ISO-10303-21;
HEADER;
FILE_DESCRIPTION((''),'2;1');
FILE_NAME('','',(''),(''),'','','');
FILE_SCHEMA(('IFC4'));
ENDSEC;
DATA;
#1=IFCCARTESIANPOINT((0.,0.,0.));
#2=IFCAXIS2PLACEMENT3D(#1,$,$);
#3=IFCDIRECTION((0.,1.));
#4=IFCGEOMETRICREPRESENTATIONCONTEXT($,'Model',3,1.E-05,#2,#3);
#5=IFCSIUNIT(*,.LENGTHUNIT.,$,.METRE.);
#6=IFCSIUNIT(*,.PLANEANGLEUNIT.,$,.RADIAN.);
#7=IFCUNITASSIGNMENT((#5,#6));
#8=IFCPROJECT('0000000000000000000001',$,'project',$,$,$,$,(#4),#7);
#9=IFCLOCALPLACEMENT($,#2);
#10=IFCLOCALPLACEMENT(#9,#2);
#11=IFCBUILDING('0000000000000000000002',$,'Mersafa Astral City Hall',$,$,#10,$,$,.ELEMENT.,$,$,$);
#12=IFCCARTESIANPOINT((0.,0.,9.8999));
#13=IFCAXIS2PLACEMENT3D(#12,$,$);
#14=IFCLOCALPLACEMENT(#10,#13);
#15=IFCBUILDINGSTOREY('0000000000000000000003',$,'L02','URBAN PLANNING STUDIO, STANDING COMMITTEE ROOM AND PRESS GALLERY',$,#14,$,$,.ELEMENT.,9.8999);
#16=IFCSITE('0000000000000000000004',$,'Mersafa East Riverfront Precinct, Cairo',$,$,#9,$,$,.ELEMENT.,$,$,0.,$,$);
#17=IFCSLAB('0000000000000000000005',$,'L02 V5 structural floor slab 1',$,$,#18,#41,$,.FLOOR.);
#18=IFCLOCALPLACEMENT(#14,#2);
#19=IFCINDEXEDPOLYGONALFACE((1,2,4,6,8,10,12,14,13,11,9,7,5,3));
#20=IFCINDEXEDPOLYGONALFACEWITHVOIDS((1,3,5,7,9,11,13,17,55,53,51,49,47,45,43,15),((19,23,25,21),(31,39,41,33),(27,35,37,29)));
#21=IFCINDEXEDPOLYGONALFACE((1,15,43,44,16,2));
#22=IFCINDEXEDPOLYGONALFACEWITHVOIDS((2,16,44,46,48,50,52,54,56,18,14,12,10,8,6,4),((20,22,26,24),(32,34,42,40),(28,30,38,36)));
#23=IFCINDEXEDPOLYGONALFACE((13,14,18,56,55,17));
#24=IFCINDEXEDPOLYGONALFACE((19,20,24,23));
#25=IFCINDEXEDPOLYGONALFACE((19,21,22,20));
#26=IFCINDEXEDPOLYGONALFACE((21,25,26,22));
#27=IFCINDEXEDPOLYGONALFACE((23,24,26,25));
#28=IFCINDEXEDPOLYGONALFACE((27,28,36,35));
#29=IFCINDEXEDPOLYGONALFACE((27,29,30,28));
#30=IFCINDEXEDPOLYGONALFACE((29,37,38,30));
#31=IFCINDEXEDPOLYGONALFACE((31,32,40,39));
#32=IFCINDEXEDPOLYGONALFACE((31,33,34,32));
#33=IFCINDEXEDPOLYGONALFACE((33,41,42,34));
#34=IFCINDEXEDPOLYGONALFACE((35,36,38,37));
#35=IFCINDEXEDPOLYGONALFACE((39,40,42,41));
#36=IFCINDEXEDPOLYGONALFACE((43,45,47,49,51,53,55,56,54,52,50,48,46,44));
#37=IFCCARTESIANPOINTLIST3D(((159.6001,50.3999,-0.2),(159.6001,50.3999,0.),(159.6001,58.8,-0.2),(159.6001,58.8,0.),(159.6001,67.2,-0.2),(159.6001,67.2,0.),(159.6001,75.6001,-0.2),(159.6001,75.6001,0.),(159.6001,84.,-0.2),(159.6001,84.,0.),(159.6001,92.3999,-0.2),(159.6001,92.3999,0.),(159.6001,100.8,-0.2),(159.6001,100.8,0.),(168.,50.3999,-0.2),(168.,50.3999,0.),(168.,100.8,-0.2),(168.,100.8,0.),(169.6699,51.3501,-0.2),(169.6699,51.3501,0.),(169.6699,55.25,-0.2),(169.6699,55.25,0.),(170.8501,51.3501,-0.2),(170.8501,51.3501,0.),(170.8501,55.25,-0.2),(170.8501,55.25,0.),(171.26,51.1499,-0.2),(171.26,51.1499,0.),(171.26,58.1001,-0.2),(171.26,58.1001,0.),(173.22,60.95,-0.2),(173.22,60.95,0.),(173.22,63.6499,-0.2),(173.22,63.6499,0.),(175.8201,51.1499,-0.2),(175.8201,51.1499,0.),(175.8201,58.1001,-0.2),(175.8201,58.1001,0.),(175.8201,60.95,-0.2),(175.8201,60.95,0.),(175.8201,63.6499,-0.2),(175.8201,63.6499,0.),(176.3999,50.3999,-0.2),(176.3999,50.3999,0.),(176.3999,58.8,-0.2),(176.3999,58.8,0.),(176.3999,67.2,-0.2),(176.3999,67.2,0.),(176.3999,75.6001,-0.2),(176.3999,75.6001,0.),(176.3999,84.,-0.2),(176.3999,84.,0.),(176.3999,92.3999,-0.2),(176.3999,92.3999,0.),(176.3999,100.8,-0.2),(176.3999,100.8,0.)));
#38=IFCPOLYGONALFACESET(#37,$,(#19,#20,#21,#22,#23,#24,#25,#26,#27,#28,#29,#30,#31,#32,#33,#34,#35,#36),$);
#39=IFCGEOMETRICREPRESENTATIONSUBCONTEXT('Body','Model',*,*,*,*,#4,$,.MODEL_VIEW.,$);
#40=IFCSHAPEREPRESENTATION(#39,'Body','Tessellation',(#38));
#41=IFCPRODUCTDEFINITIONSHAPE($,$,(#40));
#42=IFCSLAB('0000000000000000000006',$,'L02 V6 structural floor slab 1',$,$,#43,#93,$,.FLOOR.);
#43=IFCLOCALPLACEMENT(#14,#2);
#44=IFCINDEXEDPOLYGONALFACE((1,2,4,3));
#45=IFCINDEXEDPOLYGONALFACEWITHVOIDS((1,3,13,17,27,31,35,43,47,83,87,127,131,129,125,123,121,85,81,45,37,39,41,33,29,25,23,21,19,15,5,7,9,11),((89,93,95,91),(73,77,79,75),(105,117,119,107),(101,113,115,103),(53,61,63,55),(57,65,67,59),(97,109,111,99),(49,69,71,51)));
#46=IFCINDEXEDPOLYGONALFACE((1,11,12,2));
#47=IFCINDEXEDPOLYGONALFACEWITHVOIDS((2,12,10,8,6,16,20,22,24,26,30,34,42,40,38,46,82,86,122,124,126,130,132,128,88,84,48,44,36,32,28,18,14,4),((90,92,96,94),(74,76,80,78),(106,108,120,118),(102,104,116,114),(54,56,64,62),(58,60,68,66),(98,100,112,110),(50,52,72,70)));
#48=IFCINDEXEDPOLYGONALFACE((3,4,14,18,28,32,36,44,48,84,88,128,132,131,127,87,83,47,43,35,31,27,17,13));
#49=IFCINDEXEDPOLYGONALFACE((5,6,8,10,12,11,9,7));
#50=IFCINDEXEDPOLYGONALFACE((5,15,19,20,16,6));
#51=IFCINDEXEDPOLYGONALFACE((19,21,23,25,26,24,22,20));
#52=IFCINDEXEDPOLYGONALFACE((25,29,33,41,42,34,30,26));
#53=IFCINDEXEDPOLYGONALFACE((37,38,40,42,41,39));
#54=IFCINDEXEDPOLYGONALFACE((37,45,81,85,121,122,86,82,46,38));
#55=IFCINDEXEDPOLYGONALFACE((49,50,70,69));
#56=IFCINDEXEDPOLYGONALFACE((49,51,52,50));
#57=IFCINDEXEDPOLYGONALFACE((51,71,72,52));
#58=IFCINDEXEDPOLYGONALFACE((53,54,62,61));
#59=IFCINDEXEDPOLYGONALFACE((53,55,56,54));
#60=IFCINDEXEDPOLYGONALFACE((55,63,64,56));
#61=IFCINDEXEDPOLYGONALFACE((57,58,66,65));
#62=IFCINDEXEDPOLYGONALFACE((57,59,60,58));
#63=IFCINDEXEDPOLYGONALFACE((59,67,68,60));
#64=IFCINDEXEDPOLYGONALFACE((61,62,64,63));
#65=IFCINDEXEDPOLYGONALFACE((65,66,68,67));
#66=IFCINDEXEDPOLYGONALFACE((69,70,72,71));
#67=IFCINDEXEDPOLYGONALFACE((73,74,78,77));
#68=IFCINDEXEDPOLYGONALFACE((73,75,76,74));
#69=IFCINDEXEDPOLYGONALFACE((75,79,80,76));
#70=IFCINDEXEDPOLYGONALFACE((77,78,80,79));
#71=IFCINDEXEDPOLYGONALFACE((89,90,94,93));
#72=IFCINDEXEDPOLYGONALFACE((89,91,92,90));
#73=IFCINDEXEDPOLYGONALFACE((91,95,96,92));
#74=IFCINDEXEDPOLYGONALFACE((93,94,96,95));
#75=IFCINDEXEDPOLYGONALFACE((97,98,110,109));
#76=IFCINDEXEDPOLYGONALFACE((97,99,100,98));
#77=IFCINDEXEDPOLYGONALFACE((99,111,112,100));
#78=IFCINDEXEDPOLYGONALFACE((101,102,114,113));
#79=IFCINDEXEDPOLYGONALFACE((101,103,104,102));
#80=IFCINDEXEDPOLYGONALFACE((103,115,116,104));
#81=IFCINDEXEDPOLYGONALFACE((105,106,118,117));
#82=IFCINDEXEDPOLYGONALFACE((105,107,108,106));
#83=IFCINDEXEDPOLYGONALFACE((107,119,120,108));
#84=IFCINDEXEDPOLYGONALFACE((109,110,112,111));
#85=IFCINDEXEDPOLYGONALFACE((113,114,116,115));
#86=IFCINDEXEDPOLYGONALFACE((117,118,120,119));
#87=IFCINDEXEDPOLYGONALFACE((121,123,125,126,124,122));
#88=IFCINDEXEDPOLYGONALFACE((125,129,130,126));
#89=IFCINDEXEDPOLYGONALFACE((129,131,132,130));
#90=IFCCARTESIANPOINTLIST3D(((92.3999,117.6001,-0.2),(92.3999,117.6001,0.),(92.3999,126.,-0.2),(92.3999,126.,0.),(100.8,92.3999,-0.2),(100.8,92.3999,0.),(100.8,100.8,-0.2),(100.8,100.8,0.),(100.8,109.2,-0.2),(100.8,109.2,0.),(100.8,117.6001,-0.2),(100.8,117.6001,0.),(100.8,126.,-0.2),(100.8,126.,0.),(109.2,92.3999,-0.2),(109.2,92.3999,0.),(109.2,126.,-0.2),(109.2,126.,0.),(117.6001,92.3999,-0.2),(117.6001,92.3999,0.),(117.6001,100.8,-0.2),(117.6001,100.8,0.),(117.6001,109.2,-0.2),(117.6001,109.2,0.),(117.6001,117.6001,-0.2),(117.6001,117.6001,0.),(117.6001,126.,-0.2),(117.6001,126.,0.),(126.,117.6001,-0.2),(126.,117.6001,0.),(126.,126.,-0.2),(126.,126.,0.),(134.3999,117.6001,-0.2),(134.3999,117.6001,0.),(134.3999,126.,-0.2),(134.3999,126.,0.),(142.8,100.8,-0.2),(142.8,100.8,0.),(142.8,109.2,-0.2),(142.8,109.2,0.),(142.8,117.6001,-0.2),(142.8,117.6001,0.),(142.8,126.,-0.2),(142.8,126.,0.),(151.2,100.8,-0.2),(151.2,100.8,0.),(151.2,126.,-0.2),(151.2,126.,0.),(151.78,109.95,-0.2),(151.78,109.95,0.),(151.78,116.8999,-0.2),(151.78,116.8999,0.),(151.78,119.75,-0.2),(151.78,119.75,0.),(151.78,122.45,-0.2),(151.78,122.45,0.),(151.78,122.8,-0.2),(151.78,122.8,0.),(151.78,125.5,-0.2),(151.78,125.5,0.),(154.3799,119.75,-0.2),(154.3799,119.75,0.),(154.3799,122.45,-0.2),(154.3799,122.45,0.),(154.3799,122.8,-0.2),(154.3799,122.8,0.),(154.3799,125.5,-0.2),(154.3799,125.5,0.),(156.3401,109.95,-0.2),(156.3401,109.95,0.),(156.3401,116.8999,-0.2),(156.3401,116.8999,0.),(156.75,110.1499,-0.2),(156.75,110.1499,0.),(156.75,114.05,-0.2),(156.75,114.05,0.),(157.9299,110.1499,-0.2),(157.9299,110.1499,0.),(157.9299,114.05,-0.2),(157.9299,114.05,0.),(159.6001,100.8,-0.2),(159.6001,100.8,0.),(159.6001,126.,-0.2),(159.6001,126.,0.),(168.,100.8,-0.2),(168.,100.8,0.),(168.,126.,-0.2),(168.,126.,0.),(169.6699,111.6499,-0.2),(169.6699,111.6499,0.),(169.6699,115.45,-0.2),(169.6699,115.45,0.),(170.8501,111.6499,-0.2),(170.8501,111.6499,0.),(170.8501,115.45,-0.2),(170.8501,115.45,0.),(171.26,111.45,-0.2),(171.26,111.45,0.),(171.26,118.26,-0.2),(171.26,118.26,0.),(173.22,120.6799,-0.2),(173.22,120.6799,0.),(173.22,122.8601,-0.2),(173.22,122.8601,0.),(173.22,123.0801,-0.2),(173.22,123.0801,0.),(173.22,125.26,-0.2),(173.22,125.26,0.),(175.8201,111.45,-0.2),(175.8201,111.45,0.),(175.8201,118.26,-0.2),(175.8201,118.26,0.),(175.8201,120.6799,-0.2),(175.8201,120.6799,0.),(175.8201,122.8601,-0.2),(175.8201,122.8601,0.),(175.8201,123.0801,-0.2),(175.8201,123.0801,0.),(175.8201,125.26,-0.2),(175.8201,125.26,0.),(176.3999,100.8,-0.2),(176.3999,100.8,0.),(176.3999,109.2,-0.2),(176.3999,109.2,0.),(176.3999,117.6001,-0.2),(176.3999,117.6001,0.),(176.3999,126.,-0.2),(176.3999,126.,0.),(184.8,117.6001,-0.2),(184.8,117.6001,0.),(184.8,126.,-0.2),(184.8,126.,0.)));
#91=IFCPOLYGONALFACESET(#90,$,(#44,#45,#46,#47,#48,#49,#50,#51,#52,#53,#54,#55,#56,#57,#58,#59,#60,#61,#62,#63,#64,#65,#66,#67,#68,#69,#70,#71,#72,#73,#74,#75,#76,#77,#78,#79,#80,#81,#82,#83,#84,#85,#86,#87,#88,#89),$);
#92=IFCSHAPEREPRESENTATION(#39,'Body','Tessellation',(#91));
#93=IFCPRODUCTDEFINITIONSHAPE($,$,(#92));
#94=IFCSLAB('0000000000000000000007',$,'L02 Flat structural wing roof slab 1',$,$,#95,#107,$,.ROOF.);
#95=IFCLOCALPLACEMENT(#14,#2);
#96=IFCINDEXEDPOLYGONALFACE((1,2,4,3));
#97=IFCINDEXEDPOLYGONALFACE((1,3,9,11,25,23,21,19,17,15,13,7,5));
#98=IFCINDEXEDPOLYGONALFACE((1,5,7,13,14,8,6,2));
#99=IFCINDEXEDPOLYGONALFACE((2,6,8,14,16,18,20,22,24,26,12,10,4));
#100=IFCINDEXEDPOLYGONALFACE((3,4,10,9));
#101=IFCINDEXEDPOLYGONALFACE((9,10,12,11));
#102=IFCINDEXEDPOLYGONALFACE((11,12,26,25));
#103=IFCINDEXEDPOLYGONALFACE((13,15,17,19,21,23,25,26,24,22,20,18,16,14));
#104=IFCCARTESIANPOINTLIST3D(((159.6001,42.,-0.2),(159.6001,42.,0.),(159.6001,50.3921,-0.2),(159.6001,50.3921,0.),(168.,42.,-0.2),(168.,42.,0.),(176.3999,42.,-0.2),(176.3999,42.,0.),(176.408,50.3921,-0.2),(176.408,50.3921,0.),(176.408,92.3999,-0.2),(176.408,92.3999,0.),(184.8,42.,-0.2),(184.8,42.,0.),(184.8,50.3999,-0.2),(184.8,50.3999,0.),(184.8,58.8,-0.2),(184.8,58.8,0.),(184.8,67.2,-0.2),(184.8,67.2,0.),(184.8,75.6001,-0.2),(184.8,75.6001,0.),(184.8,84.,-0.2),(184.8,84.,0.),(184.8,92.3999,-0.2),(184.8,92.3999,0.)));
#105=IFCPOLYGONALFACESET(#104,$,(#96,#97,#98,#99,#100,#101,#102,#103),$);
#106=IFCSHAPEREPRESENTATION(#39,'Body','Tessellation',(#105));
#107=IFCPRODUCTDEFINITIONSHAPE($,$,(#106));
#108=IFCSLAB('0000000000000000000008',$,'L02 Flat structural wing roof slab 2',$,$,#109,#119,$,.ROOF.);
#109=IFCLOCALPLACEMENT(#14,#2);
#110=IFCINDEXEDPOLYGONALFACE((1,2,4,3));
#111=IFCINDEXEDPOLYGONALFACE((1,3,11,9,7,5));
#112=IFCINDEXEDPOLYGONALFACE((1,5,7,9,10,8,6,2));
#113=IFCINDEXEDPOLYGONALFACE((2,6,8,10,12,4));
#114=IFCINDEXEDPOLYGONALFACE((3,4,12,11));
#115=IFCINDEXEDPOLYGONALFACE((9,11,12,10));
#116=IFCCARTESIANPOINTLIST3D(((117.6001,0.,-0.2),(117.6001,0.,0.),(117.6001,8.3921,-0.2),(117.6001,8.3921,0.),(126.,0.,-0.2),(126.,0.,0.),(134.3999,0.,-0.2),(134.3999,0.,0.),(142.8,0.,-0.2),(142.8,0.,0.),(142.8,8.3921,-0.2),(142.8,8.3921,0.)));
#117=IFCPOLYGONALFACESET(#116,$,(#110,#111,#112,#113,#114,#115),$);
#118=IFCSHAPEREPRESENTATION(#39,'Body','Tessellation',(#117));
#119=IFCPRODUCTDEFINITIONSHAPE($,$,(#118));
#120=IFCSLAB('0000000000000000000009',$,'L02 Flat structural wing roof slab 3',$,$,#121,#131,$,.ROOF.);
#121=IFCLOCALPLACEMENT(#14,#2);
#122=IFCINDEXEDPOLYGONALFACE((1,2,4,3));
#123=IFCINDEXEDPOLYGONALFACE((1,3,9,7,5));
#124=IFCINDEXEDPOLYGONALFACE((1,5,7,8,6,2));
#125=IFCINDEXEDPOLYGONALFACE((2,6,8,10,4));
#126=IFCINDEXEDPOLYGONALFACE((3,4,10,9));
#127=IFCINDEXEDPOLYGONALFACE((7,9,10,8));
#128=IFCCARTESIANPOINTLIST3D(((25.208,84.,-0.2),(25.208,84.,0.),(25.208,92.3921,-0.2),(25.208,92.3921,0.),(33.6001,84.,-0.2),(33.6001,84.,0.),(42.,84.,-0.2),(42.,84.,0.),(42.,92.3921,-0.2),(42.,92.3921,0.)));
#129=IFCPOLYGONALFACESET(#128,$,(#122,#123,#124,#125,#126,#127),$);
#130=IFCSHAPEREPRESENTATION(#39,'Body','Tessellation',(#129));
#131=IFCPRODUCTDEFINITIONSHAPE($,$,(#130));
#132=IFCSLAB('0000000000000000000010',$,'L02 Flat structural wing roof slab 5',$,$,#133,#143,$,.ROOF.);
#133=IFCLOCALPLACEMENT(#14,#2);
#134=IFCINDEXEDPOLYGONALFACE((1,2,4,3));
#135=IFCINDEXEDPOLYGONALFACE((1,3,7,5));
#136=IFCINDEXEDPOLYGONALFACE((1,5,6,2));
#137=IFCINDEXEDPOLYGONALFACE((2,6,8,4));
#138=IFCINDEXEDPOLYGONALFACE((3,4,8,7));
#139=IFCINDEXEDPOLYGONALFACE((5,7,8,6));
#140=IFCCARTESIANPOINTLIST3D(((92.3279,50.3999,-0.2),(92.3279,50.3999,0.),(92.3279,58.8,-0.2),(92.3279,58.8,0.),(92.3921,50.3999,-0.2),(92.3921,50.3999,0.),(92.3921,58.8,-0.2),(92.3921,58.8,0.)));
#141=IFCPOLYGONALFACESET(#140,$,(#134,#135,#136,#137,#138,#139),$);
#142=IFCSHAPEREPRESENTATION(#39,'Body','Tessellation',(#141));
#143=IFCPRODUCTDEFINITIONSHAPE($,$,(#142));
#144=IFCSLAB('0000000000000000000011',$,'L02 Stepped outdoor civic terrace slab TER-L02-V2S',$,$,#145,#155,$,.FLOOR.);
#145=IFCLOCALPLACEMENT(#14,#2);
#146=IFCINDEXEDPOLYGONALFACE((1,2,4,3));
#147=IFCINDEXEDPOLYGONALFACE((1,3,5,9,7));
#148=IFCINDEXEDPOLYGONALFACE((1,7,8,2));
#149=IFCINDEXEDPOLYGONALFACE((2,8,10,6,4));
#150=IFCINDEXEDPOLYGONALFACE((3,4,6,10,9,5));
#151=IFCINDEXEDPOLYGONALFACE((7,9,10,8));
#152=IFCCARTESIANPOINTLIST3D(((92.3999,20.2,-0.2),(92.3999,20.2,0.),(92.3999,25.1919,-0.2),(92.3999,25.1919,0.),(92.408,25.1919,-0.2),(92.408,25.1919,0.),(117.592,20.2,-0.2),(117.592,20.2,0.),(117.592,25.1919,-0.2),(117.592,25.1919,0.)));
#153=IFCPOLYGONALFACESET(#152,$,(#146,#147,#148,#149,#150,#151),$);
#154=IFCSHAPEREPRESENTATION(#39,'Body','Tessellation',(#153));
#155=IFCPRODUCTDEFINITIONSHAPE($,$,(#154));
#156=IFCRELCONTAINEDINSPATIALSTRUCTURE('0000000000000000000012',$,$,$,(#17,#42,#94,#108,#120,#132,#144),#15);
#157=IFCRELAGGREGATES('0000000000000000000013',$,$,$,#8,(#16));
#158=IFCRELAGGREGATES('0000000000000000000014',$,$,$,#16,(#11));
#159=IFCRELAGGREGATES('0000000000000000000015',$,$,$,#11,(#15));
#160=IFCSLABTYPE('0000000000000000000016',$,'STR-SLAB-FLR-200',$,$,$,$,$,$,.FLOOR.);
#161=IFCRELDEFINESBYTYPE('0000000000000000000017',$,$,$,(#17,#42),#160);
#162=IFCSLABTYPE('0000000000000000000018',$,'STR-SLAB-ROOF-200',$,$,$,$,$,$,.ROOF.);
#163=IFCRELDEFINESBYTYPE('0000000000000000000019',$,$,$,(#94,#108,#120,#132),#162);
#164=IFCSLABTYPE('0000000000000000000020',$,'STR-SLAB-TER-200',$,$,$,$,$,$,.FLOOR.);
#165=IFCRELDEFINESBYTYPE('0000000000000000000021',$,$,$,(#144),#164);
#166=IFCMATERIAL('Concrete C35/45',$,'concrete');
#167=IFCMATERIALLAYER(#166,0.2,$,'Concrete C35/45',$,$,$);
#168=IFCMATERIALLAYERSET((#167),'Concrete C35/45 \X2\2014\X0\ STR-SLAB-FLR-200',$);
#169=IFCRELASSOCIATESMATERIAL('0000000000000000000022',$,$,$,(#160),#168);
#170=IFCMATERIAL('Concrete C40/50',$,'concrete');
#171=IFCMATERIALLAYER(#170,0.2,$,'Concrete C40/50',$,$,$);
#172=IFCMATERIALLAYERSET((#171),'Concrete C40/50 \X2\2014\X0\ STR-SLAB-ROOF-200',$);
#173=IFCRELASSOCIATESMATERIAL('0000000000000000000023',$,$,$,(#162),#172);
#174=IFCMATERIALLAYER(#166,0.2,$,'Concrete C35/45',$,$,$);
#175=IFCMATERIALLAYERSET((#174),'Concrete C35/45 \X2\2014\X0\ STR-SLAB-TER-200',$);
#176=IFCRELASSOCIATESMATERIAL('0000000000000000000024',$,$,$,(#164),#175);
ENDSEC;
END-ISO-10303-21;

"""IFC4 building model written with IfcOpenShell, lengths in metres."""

from ifc_helpers import new_model, si_unit, direction, frame, origin, place, context, subcontext, project, spatial, polyline, outline, extrude, material, layer, layer_set, type_object, element, save


model = new_model("IFC4")

# Units and contexts
model_context = context("Model", 3, precision=1e-05, world=origin(), true_north=direction((0.0, 1.0)))
body_context = subcontext(model_context, "Body", "Model", "MODEL_VIEW")
ifc_project = project(units=[si_unit("LENGTHUNIT", "METRE"), si_unit("PLANEANGLEUNIT", "RADIAN")], contexts=[model_context])

# Site, building, storey
site_placement = place(None, origin())
site = spatial("IfcSite", under=ifc_project, at=site_placement, Name="Mersafa East Riverfront Precinct, Cairo", CompositionType="ELEMENT", RefElevation=0.0)
building_placement = place(site_placement, origin())
building = spatial("IfcBuilding", under=site, at=building_placement, Name="Mersafa Astral City Hall", CompositionType="ELEMENT")
storey_placement = place(building_placement, frame((0.0, 0.0, 9.8999)))
storey = spatial("IfcBuildingStorey", under=building, at=storey_placement, Name="L02", Description="URBAN PLANNING STUDIO, STANDING COMMITTEE ROOM AND PRESS GALLERY", CompositionType="ELEMENT", Elevation=9.8999)

# Slabs
ifc_material_1 = material(Name="Concrete C35/45", Category="concrete")
ifc_layer_1 = layer(ifc_material_1, 0.2, Name="Concrete C35/45")
ifc_layer_set_1 = layer_set([ifc_layer_1], Name="Concrete C35/45 — STR-SLAB-FLR-200")
slab_type_1 = type_object("IfcSlabType", Name="STR-SLAB-FLR-200", PredefinedType="FLOOR", material=ifc_layer_set_1)
slab_1_placement = place(storey_placement, frame((0.0, 0.0, -0.2)))
element("IfcSlab", 1, at=slab_1_placement, inside=storey, type_object=slab_type_1, Name="L02 V5 structural floor slab 1", PredefinedType="FLOOR", context=body_context, shape_type="SweptSolid", body=[
    extrude(outline(polyline([(159.6001, 67.2), (159.6001, 75.6001), (159.6001, 84.0), (159.6001, 92.3999), (159.6001, 100.8), (168.0, 100.8), (176.3999, 100.8), (176.3999, 92.3999), (176.3999, 84.0), (176.3999, 75.6001), (176.3999, 67.2), (176.3999, 58.8), (176.3999, 50.3999), (168.0, 50.3999), (159.6001, 50.3999), (159.6001, 58.8), (159.6001, 67.2)]), holes=[polyline([(170.8501, 51.3501), (170.8501, 55.25), (169.6699, 55.25), (169.6699, 51.3501), (170.8501, 51.3501)]), polyline([(171.26, 51.1499), (175.8201, 51.1499), (175.8201, 58.1001), (171.26, 58.1001), (171.26, 51.1499)]), polyline([(175.8201, 60.95), (175.8201, 63.6499), (173.22, 63.6499), (173.22, 60.95), (175.8201, 60.95)])]), origin(), (0.0, 0.0, 1.0), 0.2),
])
slab_2_placement = place(storey_placement, frame((0.0, 0.0, -0.2)))
element("IfcSlab", 2, at=slab_2_placement, inside=storey, type_object=slab_type_1, Name="L02 V6 structural floor slab 1", PredefinedType="FLOOR", context=body_context, shape_type="SweptSolid", body=[
    extrude(outline(polyline([(92.3999, 117.6001), (92.3999, 126.0), (100.8, 126.0), (109.2, 126.0), (117.6001, 126.0), (126.0, 126.0), (134.3999, 126.0), (142.8, 126.0), (151.2, 126.0), (159.6001, 126.0), (168.0, 126.0), (176.3999, 126.0), (184.8, 126.0), (184.8, 117.6001), (176.3999, 117.6001), (176.3999, 109.2), (176.3999, 100.8), (168.0, 100.8), (159.6001, 100.8), (151.2, 100.8), (142.8, 100.8), (142.8, 109.2), (142.8, 117.6001), (134.3999, 117.6001), (126.0, 117.6001), (117.6001, 117.6001), (117.6001, 109.2), (117.6001, 100.8), (117.6001, 92.3999), (109.2, 92.3999), (100.8, 92.3999), (100.8, 100.8), (100.8, 109.2), (100.8, 117.6001), (92.3999, 117.6001)]), holes=[polyline([(157.9299, 110.1499), (157.9299, 114.05), (156.75, 114.05), (156.75, 110.1499), (157.9299, 110.1499)]), polyline([(151.78, 109.95), (156.3401, 109.95), (156.3401, 116.8999), (151.78, 116.8999), (151.78, 109.95)]), polyline([(170.8501, 111.6499), (170.8501, 115.45), (169.6699, 115.45), (169.6699, 111.6499), (170.8501, 111.6499)]), polyline([(171.26, 118.26), (171.26, 111.45), (175.8201, 111.45), (175.8201, 118.26), (171.26, 118.26)]), polyline([(154.3799, 119.75), (154.3799, 122.45), (151.78, 122.45), (151.78, 119.75), (154.3799, 119.75)]), polyline([(175.8201, 120.6799), (175.8201, 122.8601), (173.22, 122.8601), (173.22, 120.6799), (175.8201, 120.6799)]), polyline([(154.3799, 122.8), (154.3799, 125.5), (151.78, 125.5), (151.78, 122.8), (154.3799, 122.8)]), polyline([(175.8201, 123.0801), (175.8201, 125.26), (173.22, 125.26), (173.22, 123.0801), (175.8201, 123.0801)])]), origin(), (0.0, 0.0, 1.0), 0.2),
])
ifc_material_2 = material(Name="Concrete C40/50", Category="concrete")
ifc_layer_2 = layer(ifc_material_2, 0.2, Name="Concrete C40/50")
ifc_layer_set_2 = layer_set([ifc_layer_2], Name="Concrete C40/50 — STR-SLAB-ROOF-200")
slab_type_2 = type_object("IfcSlabType", Name="STR-SLAB-ROOF-200", PredefinedType="ROOF", material=ifc_layer_set_2)
slab_3_placement = place(storey_placement, frame((0.0, 0.0, -0.2)))
element("IfcSlab", 3, at=slab_3_placement, inside=storey, type_object=slab_type_2, Name="L02 Flat structural wing roof slab 1", PredefinedType="ROOF", context=body_context, shape_type="SweptSolid", body=[
    extrude(outline(polyline([(184.8, 92.3999), (184.8, 84.0), (184.8, 75.6001), (184.8, 67.2), (184.8, 58.8), (184.8, 50.3999), (184.8, 42.0), (176.3999, 42.0), (168.0, 42.0), (159.6001, 42.0), (159.6001, 50.3921), (176.408, 50.3921), (176.408, 92.3999), (184.8, 92.3999)])), origin(), (0.0, 0.0, 1.0), 0.2),
])
slab_4_placement = place(storey_placement, frame((0.0, 0.0, -0.2)))
element("IfcSlab", 4, at=slab_4_placement, inside=storey, type_object=slab_type_2, Name="L02 Flat structural wing roof slab 2", PredefinedType="ROOF", context=body_context, shape_type="SweptSolid", body=[
    extrude(outline(polyline([(142.8, 0.0), (134.3999, 0.0), (126.0, 0.0), (117.6001, 0.0), (117.6001, 8.3921), (142.8, 8.3921), (142.8, 0.0)])), origin(), (0.0, 0.0, 1.0), 0.2),
])
slab_5_placement = place(storey_placement, frame((0.0, 0.0, -0.2)))
element("IfcSlab", 5, at=slab_5_placement, inside=storey, type_object=slab_type_2, Name="L02 Flat structural wing roof slab 3", PredefinedType="ROOF", context=body_context, shape_type="SweptSolid", body=[
    extrude(outline(polyline([(42.0, 84.0), (33.6001, 84.0), (25.208, 84.0), (25.208, 92.3921), (42.0, 92.3921), (42.0, 84.0)])), origin(), (0.0, 0.0, 1.0), 0.2),
])
slab_6_placement = place(storey_placement, frame((0.0, 0.0, -0.2)))
element("IfcSlab", 6, at=slab_6_placement, inside=storey, type_object=slab_type_2, Name="L02 Flat structural wing roof slab 5", PredefinedType="ROOF", context=body_context, shape_type="SweptSolid", body=[
    extrude(outline(polyline([(92.3279, 50.3999), (92.3279, 58.8), (92.3921, 58.8), (92.3921, 50.3999), (92.3279, 50.3999)])), origin(), (0.0, 0.0, 1.0), 0.2),
])
ifc_layer_3 = layer(ifc_material_1, 0.2, Name="Concrete C35/45")
ifc_layer_set_3 = layer_set([ifc_layer_3], Name="Concrete C35/45 — STR-SLAB-TER-200")
slab_type_3 = type_object("IfcSlabType", Name="STR-SLAB-TER-200", PredefinedType="FLOOR", material=ifc_layer_set_3)
slab_7_placement = place(storey_placement, frame((0.0, 0.0, -0.2)))
element("IfcSlab", 7, at=slab_7_placement, inside=storey, type_object=slab_type_3, Name="L02 Stepped outdoor civic terrace slab TER-L02-V2S", PredefinedType="FLOOR", context=body_context, shape_type="SweptSolid", body=[
    extrude(outline(polyline([(92.3999, 20.2), (92.3999, 25.1919), (92.408, 25.1919), (92.408, 25.1919), (117.592, 25.1919), (117.592, 20.2), (92.3999, 20.2)])), origin(), (0.0, 0.0, 1.0), 0.2),
])

save(model, "model.ifc")
